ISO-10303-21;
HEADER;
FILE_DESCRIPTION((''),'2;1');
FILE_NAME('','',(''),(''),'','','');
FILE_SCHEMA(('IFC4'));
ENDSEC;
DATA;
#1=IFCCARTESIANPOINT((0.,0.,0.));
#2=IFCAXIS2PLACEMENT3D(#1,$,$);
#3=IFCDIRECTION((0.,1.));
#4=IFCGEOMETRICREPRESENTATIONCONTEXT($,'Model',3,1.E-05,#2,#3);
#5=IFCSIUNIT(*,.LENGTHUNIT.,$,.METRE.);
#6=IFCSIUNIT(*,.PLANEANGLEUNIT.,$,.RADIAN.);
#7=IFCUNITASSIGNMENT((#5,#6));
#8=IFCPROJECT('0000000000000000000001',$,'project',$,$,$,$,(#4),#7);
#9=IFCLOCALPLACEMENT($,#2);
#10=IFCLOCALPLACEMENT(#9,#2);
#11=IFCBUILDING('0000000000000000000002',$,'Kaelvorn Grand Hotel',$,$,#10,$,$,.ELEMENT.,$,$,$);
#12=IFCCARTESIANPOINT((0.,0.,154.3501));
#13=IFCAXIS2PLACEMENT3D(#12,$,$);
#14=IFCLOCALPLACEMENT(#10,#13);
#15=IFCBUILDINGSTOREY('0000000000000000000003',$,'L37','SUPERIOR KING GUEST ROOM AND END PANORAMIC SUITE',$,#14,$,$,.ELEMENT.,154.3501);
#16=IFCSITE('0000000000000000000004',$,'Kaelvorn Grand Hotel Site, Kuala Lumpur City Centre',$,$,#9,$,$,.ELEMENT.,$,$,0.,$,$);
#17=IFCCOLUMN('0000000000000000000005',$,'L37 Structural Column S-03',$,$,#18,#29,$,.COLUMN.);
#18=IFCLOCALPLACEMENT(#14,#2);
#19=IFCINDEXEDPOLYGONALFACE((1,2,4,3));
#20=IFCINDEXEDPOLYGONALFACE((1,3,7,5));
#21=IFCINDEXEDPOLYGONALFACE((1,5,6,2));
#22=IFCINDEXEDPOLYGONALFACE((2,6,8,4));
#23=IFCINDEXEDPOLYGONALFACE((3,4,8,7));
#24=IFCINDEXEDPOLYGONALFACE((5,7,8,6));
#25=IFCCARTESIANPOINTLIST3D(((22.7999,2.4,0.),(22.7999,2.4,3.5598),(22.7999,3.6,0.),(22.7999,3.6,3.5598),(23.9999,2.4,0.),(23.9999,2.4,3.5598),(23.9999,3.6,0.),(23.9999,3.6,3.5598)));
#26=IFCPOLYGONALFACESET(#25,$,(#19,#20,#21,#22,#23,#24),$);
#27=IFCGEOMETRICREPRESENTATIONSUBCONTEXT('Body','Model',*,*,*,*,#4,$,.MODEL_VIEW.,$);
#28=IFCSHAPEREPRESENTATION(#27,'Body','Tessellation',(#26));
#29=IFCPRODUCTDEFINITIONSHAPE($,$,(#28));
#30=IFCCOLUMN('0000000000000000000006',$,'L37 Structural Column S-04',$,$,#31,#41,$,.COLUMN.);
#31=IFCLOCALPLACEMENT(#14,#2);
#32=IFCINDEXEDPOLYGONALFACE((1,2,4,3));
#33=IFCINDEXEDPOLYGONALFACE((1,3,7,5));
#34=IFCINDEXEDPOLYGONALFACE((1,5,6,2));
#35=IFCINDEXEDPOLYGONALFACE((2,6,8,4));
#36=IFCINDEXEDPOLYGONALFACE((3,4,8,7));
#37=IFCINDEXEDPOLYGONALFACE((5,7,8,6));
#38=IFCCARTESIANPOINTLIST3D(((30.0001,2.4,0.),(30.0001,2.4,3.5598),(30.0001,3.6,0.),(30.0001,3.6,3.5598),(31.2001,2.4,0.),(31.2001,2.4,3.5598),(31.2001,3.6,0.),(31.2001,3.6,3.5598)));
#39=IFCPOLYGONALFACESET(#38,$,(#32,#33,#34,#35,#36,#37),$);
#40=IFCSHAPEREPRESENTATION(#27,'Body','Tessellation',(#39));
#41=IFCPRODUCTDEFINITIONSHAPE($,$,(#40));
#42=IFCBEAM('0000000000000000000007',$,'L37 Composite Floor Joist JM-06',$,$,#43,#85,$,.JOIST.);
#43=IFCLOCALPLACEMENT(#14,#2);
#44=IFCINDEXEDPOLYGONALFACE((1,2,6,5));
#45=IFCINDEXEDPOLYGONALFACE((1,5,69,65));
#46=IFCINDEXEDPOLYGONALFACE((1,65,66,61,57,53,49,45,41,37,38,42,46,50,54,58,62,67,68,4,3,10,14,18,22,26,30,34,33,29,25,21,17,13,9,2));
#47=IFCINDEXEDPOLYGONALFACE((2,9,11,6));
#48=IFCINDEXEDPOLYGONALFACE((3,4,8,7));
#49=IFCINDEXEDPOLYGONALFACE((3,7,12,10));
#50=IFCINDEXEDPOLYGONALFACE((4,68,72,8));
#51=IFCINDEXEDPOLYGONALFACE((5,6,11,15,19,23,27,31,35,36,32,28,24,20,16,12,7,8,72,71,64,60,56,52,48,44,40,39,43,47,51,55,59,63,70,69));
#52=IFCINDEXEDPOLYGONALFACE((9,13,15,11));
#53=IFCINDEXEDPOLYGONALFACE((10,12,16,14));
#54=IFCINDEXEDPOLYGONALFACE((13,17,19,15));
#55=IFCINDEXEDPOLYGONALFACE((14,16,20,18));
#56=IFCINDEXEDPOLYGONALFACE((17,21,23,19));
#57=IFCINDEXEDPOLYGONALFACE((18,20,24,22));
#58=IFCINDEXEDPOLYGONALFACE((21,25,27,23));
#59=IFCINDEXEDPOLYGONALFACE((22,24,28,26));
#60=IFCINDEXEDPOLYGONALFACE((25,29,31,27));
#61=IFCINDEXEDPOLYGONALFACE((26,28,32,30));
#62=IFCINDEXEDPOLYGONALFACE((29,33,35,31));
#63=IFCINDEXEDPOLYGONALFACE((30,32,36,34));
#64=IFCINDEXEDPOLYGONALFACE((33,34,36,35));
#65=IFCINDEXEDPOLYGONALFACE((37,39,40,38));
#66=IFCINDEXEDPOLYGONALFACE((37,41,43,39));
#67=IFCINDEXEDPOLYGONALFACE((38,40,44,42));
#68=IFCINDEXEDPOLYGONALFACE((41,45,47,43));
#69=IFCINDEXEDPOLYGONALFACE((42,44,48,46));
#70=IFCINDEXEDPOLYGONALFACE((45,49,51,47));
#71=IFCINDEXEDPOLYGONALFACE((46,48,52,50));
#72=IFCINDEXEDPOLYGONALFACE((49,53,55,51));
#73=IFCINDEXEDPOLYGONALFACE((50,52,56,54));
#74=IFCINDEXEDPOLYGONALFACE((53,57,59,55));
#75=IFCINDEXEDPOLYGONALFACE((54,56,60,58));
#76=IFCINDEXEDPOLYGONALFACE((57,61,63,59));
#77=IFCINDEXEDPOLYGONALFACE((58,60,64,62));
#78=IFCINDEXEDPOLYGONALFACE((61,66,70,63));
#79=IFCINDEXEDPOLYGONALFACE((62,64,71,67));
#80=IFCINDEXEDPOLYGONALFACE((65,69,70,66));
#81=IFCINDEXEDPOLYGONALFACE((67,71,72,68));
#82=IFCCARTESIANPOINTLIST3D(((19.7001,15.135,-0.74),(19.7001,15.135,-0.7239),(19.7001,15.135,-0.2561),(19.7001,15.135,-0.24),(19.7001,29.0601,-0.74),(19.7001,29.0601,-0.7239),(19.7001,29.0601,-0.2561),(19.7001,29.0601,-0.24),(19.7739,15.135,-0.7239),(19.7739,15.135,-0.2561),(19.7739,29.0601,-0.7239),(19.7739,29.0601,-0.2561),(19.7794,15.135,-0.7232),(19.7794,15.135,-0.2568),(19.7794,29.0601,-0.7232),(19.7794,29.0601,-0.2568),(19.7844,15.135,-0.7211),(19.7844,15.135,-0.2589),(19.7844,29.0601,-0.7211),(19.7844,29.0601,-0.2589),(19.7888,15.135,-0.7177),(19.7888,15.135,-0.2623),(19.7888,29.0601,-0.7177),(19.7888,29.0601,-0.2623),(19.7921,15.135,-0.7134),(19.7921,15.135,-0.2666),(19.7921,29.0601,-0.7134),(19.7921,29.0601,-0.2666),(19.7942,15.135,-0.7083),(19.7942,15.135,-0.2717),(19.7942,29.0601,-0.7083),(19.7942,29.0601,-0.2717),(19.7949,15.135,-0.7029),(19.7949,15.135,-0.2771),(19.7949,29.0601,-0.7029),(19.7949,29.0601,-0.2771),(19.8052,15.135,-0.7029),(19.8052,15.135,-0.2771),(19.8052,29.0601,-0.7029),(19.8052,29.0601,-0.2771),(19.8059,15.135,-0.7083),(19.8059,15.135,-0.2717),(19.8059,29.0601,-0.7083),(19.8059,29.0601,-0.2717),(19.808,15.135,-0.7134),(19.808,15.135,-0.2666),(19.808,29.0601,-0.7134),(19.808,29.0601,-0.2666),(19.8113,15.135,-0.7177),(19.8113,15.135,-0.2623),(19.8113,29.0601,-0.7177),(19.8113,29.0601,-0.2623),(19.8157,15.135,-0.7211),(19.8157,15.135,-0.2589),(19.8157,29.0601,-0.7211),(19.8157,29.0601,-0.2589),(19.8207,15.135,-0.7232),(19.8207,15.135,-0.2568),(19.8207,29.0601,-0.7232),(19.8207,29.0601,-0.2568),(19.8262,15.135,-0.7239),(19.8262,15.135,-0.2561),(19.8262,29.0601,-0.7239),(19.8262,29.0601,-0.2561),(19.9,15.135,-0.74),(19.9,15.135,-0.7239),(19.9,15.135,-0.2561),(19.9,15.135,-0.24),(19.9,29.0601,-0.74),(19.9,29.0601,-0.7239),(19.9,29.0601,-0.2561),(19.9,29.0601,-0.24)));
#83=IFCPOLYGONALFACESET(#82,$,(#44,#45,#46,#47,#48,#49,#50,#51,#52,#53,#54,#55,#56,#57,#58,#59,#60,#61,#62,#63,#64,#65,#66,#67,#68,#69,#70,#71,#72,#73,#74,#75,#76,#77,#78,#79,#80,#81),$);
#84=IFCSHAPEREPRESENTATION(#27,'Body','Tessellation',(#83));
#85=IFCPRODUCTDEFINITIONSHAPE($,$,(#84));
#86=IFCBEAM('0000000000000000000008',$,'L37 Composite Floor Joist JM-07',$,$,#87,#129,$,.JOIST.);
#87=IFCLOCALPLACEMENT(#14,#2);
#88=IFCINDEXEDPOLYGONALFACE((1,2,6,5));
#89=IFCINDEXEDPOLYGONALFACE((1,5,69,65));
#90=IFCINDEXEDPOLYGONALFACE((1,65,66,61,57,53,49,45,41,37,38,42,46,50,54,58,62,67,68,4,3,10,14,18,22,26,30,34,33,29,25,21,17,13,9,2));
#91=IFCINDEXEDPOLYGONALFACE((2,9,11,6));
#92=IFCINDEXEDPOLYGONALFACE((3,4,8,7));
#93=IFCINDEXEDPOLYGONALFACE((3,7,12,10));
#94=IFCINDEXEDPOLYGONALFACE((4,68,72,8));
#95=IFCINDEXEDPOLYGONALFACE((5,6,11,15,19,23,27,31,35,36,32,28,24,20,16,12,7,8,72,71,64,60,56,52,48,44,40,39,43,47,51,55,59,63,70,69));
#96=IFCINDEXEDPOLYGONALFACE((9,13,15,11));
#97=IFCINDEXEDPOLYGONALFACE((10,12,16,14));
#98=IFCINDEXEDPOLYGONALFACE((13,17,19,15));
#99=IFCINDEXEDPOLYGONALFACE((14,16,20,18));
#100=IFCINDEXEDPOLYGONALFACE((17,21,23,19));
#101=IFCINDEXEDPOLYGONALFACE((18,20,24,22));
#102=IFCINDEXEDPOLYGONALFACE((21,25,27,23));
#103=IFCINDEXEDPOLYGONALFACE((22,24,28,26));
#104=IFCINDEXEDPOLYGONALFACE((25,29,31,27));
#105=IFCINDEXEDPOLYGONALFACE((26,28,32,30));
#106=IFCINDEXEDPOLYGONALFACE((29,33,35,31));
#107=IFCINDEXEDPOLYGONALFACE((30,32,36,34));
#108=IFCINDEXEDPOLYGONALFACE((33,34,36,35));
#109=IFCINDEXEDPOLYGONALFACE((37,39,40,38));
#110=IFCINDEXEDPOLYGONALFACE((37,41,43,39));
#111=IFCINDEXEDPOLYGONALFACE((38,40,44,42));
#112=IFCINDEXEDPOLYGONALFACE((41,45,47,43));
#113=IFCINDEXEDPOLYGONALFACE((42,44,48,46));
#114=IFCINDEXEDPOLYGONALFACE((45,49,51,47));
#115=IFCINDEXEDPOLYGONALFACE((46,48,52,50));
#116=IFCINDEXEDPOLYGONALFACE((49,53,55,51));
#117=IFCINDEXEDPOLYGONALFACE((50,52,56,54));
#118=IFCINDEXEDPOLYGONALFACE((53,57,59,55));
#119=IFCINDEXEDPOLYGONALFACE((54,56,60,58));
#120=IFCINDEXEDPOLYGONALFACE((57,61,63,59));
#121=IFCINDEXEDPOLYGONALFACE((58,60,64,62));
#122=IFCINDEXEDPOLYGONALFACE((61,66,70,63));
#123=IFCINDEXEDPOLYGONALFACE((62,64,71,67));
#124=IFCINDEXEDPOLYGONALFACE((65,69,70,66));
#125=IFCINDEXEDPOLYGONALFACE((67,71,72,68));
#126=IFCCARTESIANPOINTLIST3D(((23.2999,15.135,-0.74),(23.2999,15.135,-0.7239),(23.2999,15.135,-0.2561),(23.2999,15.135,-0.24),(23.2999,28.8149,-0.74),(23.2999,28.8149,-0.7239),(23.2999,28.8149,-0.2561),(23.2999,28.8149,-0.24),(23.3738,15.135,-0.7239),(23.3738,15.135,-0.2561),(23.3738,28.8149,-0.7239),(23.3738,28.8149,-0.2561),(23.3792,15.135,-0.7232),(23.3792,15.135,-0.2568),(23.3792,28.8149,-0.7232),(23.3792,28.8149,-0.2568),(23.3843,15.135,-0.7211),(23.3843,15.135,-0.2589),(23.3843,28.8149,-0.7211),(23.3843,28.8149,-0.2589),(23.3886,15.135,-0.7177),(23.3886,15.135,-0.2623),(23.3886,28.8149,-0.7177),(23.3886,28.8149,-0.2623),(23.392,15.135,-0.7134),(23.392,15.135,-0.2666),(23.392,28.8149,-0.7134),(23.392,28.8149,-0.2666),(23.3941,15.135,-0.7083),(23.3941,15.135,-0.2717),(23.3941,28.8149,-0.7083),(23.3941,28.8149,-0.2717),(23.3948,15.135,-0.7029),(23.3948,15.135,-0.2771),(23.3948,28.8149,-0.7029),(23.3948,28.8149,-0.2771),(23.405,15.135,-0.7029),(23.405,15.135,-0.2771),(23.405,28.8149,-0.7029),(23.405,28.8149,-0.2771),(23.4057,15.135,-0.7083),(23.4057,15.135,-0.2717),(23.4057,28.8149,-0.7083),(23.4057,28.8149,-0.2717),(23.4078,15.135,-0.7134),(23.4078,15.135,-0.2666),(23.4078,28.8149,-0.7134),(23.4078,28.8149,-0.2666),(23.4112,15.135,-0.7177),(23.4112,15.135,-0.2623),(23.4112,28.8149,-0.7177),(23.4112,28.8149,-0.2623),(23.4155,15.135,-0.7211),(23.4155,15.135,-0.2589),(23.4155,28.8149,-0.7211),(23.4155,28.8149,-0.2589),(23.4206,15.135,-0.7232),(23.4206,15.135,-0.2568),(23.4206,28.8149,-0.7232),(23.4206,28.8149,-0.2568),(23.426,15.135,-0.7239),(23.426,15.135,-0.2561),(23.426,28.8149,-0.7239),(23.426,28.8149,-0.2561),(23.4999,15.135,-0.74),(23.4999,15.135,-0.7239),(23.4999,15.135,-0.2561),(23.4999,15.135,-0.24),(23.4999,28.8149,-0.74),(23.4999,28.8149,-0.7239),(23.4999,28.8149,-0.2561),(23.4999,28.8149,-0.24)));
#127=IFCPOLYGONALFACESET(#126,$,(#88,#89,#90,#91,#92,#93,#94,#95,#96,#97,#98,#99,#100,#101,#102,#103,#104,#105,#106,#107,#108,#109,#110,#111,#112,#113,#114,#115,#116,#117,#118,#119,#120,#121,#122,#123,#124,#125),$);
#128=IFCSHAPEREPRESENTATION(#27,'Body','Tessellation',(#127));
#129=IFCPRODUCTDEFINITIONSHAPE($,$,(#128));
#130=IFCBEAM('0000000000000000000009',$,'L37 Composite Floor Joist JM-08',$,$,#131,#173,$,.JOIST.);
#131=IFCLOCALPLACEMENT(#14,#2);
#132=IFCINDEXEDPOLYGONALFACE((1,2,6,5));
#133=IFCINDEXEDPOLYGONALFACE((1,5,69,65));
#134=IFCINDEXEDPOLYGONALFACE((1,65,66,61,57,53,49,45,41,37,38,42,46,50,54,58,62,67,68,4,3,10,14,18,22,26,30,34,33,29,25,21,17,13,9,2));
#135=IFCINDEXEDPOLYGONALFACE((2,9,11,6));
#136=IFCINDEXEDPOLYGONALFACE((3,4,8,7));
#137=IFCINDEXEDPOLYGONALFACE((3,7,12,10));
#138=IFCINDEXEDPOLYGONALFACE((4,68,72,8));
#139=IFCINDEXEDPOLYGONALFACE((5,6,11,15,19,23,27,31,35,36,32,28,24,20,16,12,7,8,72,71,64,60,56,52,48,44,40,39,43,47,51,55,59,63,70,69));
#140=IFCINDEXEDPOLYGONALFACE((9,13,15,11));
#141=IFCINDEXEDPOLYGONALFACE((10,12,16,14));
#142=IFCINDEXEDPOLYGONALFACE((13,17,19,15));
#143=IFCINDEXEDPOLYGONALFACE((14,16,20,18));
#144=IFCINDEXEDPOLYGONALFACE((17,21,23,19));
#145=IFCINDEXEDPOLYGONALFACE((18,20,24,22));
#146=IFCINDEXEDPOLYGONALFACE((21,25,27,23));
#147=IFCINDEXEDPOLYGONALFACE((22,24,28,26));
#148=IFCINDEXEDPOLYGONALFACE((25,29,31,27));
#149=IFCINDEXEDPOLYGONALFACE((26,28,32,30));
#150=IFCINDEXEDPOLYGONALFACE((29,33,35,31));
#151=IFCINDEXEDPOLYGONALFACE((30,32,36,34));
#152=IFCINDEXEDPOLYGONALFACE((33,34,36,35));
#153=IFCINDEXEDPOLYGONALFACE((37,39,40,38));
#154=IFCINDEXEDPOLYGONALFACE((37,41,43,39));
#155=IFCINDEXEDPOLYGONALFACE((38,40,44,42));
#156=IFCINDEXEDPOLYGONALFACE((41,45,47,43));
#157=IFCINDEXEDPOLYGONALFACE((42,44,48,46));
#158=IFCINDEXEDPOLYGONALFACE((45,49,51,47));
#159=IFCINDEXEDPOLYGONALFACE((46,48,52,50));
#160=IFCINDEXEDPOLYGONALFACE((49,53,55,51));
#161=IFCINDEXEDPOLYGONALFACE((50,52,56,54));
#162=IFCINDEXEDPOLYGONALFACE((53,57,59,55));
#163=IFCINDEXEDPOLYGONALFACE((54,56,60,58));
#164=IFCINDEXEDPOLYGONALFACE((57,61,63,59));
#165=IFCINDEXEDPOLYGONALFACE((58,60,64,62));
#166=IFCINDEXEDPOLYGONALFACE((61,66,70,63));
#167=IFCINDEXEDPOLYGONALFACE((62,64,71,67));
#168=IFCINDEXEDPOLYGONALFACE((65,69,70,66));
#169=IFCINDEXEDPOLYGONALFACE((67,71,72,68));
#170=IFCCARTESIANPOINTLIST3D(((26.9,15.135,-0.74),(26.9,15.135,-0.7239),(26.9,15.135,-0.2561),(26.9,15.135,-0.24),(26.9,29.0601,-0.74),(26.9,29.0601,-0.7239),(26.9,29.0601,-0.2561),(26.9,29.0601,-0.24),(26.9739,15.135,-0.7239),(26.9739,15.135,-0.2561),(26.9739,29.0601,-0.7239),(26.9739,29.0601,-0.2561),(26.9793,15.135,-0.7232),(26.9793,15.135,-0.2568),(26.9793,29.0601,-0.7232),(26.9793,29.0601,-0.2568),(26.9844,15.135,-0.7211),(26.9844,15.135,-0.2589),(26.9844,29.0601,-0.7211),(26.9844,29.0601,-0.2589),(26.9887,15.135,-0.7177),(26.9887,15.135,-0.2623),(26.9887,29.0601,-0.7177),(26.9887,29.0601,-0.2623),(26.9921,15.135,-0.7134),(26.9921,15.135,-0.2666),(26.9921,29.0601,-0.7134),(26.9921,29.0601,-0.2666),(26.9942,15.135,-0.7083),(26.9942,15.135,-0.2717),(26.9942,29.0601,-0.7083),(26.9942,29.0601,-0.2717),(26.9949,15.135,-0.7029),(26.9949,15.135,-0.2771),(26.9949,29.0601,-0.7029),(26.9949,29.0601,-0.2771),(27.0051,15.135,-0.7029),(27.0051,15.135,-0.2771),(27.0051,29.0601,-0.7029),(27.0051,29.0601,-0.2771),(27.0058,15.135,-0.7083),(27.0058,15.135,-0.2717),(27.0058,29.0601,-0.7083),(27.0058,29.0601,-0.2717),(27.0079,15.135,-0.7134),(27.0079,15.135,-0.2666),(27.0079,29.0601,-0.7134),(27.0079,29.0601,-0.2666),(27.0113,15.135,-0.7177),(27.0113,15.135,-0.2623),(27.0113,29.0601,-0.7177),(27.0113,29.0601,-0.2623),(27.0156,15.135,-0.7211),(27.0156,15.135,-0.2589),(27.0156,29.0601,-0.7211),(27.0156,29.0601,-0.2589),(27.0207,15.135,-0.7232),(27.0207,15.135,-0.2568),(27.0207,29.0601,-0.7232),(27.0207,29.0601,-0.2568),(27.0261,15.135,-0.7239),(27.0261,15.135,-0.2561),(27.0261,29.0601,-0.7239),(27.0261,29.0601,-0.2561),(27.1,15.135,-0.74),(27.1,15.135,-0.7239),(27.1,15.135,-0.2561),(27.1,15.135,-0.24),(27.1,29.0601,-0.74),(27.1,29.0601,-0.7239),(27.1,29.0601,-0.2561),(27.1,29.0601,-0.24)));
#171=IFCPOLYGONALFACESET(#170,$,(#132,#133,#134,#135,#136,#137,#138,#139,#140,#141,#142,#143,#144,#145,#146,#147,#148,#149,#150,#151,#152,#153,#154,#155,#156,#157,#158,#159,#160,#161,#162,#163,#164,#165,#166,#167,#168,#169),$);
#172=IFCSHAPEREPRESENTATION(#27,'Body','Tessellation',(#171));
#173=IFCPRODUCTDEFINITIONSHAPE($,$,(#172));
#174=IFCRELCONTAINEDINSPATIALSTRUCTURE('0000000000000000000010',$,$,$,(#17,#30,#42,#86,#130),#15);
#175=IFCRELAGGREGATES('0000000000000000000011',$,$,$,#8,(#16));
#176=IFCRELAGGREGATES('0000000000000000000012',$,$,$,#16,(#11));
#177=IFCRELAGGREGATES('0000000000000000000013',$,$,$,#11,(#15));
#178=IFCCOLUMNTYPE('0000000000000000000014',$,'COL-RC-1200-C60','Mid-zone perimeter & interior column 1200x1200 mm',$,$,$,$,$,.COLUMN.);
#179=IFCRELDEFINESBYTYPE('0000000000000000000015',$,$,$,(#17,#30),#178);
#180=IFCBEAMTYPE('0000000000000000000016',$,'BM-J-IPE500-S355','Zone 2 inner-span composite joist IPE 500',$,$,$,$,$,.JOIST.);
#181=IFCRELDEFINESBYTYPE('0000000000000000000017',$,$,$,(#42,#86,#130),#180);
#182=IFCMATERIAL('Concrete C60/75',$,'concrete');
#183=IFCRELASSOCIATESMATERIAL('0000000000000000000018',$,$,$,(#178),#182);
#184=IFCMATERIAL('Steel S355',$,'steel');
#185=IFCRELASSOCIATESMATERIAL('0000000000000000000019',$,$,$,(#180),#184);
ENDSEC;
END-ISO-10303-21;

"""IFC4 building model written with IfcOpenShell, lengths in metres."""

from ifc_helpers import new_model, si_unit, direction, frame, origin, origin_2d, place, context, subcontext, project, spatial, rectangle, i_section, extrude, material, material_profile, profile_set, type_object, element, save


model = new_model("IFC4")

# Units and contexts
model_context = context("Model", 3, precision=1e-05, world=origin(), true_north=direction((0.0, 1.0)))
body_context = subcontext(model_context, "Body", "Model", "MODEL_VIEW")
ifc_project = project(units=[si_unit("LENGTHUNIT", "METRE"), si_unit("PLANEANGLEUNIT", "RADIAN")], contexts=[model_context])

# Site, building, storey
site_placement = place(None, origin())
site = spatial("IfcSite", under=ifc_project, at=site_placement, Name="Kaelvorn Grand Hotel Site, Kuala Lumpur City Centre", CompositionType="ELEMENT", RefElevation=0.0)
building_placement = place(site_placement, origin())
building = spatial("IfcBuilding", under=site, at=building_placement, Name="Kaelvorn Grand Hotel", CompositionType="ELEMENT")
storey_placement = place(building_placement, frame((0.0, 0.0, 154.3501)))
storey = spatial("IfcBuildingStorey", under=building, at=storey_placement, Name="L37", Description="SUPERIOR KING GUEST ROOM AND END PANORAMIC SUITE", CompositionType="ELEMENT", Elevation=154.3501)

# Columns
ifc_material_1 = material(Name="Concrete C60/75", Category="concrete")
ifc_material_profile_1 = material_profile(ifc_material_1, rectangle(XDim=1.2, YDim=1.2, at=origin_2d()), Name="RC COL 1200x1200")
ifc_profile_set_1 = profile_set([ifc_material_profile_1], Name="Concrete C60/75")
column_type = type_object("IfcColumnType", Name="COL-RC-1200-C60", Description="Mid-zone perimeter & interior column 1200x1200 mm", PredefinedType="COLUMN", material=ifc_profile_set_1)
for number, where, z_axis, x_axis, name in (
    (1, (23.3999, 3.0, 0.0), (0.0, 0.0, 1.0), (1.0, 0.0, 0.0), "L37 Structural Column S-03"),
    (2, (30.6001, 3.0, 0.0), (0.0, 0.0, 1.0), (1.0, 0.0, 0.0), "L37 Structural Column S-04"),
):
    element("IfcColumn", number, at=place(storey_placement, frame(where, z_axis=z_axis, x_axis=x_axis)), inside=storey, type_object=column_type, Name=name, PredefinedType="COLUMN", context=body_context, shape_type="SweptSolid", body=[
        extrude(rectangle(XDim=1.2, YDim=1.2, at=origin_2d()), origin(), (0.0, 0.0, 1.0), 3.5598),
    ])

# Beams
ifc_material_2 = material(Name="Steel S355", Category="steel")
ifc_material_profile_2 = material_profile(ifc_material_2, i_section(OverallWidth=0.2, OverallDepth=0.5, WebThickness=0.0103, FlangeThickness=0.0161, FilletRadius=0.021, at=origin_2d()), Name="IPE 500")
ifc_profile_set_2 = profile_set([ifc_material_profile_2], Name="Steel S355")
beam_type_1 = type_object("IfcBeamType", Name="BM-J-IPE500-S355", Description="Zone 2 inner-span composite joist IPE 500", PredefinedType="JOIST", material=ifc_profile_set_2)
beam_1_placement = place(storey_placement, frame((19.8, 15.135, -0.49), z_axis=(0.0, 1.0, 0.0), x_axis=(-1.0, 0.0, 0.0)))
element("IfcBeam", 3, at=beam_1_placement, inside=storey, type_object=beam_type_1, Name="L37 Composite Floor Joist JM-06", PredefinedType="JOIST", context=body_context, shape_type="SweptSolid", body=[
    extrude(i_section(OverallWidth=0.2, OverallDepth=0.5, WebThickness=0.0103, FlangeThickness=0.0161, FilletRadius=0.021, at=origin_2d()), origin(), (0.0, 0.0, 1.0), 13.925),
])
beam_2_placement = place(storey_placement, frame((23.3999, 15.135, -0.49), z_axis=(0.0, 1.0, 0.0), x_axis=(-1.0, 0.0, 0.0)))
element("IfcBeam", 4, at=beam_2_placement, inside=storey, type_object=beam_type_1, Name="L37 Composite Floor Joist JM-07", PredefinedType="JOIST", context=body_context, shape_type="SweptSolid", body=[
    extrude(i_section(OverallWidth=0.2, OverallDepth=0.5, WebThickness=0.0103, FlangeThickness=0.0161, FilletRadius=0.021, at=origin_2d()), origin(), (0.0, 0.0, 1.0), 13.6799),
])
beam_3_placement = place(storey_placement, frame((27.0, 15.135, -0.49), z_axis=(0.0, 1.0, 0.0), x_axis=(-1.0, 0.0, 0.0)))
element("IfcBeam", 5, at=beam_3_placement, inside=storey, type_object=beam_type_1, Name="L37 Composite Floor Joist JM-08", PredefinedType="JOIST", context=body_context, shape_type="SweptSolid", body=[
    extrude(i_section(OverallWidth=0.2, OverallDepth=0.5, WebThickness=0.0103, FlangeThickness=0.0161, FilletRadius=0.021, at=origin_2d()), origin(), (0.0, 0.0, 1.0), 13.925),
])

save(model, "model.ifc")
